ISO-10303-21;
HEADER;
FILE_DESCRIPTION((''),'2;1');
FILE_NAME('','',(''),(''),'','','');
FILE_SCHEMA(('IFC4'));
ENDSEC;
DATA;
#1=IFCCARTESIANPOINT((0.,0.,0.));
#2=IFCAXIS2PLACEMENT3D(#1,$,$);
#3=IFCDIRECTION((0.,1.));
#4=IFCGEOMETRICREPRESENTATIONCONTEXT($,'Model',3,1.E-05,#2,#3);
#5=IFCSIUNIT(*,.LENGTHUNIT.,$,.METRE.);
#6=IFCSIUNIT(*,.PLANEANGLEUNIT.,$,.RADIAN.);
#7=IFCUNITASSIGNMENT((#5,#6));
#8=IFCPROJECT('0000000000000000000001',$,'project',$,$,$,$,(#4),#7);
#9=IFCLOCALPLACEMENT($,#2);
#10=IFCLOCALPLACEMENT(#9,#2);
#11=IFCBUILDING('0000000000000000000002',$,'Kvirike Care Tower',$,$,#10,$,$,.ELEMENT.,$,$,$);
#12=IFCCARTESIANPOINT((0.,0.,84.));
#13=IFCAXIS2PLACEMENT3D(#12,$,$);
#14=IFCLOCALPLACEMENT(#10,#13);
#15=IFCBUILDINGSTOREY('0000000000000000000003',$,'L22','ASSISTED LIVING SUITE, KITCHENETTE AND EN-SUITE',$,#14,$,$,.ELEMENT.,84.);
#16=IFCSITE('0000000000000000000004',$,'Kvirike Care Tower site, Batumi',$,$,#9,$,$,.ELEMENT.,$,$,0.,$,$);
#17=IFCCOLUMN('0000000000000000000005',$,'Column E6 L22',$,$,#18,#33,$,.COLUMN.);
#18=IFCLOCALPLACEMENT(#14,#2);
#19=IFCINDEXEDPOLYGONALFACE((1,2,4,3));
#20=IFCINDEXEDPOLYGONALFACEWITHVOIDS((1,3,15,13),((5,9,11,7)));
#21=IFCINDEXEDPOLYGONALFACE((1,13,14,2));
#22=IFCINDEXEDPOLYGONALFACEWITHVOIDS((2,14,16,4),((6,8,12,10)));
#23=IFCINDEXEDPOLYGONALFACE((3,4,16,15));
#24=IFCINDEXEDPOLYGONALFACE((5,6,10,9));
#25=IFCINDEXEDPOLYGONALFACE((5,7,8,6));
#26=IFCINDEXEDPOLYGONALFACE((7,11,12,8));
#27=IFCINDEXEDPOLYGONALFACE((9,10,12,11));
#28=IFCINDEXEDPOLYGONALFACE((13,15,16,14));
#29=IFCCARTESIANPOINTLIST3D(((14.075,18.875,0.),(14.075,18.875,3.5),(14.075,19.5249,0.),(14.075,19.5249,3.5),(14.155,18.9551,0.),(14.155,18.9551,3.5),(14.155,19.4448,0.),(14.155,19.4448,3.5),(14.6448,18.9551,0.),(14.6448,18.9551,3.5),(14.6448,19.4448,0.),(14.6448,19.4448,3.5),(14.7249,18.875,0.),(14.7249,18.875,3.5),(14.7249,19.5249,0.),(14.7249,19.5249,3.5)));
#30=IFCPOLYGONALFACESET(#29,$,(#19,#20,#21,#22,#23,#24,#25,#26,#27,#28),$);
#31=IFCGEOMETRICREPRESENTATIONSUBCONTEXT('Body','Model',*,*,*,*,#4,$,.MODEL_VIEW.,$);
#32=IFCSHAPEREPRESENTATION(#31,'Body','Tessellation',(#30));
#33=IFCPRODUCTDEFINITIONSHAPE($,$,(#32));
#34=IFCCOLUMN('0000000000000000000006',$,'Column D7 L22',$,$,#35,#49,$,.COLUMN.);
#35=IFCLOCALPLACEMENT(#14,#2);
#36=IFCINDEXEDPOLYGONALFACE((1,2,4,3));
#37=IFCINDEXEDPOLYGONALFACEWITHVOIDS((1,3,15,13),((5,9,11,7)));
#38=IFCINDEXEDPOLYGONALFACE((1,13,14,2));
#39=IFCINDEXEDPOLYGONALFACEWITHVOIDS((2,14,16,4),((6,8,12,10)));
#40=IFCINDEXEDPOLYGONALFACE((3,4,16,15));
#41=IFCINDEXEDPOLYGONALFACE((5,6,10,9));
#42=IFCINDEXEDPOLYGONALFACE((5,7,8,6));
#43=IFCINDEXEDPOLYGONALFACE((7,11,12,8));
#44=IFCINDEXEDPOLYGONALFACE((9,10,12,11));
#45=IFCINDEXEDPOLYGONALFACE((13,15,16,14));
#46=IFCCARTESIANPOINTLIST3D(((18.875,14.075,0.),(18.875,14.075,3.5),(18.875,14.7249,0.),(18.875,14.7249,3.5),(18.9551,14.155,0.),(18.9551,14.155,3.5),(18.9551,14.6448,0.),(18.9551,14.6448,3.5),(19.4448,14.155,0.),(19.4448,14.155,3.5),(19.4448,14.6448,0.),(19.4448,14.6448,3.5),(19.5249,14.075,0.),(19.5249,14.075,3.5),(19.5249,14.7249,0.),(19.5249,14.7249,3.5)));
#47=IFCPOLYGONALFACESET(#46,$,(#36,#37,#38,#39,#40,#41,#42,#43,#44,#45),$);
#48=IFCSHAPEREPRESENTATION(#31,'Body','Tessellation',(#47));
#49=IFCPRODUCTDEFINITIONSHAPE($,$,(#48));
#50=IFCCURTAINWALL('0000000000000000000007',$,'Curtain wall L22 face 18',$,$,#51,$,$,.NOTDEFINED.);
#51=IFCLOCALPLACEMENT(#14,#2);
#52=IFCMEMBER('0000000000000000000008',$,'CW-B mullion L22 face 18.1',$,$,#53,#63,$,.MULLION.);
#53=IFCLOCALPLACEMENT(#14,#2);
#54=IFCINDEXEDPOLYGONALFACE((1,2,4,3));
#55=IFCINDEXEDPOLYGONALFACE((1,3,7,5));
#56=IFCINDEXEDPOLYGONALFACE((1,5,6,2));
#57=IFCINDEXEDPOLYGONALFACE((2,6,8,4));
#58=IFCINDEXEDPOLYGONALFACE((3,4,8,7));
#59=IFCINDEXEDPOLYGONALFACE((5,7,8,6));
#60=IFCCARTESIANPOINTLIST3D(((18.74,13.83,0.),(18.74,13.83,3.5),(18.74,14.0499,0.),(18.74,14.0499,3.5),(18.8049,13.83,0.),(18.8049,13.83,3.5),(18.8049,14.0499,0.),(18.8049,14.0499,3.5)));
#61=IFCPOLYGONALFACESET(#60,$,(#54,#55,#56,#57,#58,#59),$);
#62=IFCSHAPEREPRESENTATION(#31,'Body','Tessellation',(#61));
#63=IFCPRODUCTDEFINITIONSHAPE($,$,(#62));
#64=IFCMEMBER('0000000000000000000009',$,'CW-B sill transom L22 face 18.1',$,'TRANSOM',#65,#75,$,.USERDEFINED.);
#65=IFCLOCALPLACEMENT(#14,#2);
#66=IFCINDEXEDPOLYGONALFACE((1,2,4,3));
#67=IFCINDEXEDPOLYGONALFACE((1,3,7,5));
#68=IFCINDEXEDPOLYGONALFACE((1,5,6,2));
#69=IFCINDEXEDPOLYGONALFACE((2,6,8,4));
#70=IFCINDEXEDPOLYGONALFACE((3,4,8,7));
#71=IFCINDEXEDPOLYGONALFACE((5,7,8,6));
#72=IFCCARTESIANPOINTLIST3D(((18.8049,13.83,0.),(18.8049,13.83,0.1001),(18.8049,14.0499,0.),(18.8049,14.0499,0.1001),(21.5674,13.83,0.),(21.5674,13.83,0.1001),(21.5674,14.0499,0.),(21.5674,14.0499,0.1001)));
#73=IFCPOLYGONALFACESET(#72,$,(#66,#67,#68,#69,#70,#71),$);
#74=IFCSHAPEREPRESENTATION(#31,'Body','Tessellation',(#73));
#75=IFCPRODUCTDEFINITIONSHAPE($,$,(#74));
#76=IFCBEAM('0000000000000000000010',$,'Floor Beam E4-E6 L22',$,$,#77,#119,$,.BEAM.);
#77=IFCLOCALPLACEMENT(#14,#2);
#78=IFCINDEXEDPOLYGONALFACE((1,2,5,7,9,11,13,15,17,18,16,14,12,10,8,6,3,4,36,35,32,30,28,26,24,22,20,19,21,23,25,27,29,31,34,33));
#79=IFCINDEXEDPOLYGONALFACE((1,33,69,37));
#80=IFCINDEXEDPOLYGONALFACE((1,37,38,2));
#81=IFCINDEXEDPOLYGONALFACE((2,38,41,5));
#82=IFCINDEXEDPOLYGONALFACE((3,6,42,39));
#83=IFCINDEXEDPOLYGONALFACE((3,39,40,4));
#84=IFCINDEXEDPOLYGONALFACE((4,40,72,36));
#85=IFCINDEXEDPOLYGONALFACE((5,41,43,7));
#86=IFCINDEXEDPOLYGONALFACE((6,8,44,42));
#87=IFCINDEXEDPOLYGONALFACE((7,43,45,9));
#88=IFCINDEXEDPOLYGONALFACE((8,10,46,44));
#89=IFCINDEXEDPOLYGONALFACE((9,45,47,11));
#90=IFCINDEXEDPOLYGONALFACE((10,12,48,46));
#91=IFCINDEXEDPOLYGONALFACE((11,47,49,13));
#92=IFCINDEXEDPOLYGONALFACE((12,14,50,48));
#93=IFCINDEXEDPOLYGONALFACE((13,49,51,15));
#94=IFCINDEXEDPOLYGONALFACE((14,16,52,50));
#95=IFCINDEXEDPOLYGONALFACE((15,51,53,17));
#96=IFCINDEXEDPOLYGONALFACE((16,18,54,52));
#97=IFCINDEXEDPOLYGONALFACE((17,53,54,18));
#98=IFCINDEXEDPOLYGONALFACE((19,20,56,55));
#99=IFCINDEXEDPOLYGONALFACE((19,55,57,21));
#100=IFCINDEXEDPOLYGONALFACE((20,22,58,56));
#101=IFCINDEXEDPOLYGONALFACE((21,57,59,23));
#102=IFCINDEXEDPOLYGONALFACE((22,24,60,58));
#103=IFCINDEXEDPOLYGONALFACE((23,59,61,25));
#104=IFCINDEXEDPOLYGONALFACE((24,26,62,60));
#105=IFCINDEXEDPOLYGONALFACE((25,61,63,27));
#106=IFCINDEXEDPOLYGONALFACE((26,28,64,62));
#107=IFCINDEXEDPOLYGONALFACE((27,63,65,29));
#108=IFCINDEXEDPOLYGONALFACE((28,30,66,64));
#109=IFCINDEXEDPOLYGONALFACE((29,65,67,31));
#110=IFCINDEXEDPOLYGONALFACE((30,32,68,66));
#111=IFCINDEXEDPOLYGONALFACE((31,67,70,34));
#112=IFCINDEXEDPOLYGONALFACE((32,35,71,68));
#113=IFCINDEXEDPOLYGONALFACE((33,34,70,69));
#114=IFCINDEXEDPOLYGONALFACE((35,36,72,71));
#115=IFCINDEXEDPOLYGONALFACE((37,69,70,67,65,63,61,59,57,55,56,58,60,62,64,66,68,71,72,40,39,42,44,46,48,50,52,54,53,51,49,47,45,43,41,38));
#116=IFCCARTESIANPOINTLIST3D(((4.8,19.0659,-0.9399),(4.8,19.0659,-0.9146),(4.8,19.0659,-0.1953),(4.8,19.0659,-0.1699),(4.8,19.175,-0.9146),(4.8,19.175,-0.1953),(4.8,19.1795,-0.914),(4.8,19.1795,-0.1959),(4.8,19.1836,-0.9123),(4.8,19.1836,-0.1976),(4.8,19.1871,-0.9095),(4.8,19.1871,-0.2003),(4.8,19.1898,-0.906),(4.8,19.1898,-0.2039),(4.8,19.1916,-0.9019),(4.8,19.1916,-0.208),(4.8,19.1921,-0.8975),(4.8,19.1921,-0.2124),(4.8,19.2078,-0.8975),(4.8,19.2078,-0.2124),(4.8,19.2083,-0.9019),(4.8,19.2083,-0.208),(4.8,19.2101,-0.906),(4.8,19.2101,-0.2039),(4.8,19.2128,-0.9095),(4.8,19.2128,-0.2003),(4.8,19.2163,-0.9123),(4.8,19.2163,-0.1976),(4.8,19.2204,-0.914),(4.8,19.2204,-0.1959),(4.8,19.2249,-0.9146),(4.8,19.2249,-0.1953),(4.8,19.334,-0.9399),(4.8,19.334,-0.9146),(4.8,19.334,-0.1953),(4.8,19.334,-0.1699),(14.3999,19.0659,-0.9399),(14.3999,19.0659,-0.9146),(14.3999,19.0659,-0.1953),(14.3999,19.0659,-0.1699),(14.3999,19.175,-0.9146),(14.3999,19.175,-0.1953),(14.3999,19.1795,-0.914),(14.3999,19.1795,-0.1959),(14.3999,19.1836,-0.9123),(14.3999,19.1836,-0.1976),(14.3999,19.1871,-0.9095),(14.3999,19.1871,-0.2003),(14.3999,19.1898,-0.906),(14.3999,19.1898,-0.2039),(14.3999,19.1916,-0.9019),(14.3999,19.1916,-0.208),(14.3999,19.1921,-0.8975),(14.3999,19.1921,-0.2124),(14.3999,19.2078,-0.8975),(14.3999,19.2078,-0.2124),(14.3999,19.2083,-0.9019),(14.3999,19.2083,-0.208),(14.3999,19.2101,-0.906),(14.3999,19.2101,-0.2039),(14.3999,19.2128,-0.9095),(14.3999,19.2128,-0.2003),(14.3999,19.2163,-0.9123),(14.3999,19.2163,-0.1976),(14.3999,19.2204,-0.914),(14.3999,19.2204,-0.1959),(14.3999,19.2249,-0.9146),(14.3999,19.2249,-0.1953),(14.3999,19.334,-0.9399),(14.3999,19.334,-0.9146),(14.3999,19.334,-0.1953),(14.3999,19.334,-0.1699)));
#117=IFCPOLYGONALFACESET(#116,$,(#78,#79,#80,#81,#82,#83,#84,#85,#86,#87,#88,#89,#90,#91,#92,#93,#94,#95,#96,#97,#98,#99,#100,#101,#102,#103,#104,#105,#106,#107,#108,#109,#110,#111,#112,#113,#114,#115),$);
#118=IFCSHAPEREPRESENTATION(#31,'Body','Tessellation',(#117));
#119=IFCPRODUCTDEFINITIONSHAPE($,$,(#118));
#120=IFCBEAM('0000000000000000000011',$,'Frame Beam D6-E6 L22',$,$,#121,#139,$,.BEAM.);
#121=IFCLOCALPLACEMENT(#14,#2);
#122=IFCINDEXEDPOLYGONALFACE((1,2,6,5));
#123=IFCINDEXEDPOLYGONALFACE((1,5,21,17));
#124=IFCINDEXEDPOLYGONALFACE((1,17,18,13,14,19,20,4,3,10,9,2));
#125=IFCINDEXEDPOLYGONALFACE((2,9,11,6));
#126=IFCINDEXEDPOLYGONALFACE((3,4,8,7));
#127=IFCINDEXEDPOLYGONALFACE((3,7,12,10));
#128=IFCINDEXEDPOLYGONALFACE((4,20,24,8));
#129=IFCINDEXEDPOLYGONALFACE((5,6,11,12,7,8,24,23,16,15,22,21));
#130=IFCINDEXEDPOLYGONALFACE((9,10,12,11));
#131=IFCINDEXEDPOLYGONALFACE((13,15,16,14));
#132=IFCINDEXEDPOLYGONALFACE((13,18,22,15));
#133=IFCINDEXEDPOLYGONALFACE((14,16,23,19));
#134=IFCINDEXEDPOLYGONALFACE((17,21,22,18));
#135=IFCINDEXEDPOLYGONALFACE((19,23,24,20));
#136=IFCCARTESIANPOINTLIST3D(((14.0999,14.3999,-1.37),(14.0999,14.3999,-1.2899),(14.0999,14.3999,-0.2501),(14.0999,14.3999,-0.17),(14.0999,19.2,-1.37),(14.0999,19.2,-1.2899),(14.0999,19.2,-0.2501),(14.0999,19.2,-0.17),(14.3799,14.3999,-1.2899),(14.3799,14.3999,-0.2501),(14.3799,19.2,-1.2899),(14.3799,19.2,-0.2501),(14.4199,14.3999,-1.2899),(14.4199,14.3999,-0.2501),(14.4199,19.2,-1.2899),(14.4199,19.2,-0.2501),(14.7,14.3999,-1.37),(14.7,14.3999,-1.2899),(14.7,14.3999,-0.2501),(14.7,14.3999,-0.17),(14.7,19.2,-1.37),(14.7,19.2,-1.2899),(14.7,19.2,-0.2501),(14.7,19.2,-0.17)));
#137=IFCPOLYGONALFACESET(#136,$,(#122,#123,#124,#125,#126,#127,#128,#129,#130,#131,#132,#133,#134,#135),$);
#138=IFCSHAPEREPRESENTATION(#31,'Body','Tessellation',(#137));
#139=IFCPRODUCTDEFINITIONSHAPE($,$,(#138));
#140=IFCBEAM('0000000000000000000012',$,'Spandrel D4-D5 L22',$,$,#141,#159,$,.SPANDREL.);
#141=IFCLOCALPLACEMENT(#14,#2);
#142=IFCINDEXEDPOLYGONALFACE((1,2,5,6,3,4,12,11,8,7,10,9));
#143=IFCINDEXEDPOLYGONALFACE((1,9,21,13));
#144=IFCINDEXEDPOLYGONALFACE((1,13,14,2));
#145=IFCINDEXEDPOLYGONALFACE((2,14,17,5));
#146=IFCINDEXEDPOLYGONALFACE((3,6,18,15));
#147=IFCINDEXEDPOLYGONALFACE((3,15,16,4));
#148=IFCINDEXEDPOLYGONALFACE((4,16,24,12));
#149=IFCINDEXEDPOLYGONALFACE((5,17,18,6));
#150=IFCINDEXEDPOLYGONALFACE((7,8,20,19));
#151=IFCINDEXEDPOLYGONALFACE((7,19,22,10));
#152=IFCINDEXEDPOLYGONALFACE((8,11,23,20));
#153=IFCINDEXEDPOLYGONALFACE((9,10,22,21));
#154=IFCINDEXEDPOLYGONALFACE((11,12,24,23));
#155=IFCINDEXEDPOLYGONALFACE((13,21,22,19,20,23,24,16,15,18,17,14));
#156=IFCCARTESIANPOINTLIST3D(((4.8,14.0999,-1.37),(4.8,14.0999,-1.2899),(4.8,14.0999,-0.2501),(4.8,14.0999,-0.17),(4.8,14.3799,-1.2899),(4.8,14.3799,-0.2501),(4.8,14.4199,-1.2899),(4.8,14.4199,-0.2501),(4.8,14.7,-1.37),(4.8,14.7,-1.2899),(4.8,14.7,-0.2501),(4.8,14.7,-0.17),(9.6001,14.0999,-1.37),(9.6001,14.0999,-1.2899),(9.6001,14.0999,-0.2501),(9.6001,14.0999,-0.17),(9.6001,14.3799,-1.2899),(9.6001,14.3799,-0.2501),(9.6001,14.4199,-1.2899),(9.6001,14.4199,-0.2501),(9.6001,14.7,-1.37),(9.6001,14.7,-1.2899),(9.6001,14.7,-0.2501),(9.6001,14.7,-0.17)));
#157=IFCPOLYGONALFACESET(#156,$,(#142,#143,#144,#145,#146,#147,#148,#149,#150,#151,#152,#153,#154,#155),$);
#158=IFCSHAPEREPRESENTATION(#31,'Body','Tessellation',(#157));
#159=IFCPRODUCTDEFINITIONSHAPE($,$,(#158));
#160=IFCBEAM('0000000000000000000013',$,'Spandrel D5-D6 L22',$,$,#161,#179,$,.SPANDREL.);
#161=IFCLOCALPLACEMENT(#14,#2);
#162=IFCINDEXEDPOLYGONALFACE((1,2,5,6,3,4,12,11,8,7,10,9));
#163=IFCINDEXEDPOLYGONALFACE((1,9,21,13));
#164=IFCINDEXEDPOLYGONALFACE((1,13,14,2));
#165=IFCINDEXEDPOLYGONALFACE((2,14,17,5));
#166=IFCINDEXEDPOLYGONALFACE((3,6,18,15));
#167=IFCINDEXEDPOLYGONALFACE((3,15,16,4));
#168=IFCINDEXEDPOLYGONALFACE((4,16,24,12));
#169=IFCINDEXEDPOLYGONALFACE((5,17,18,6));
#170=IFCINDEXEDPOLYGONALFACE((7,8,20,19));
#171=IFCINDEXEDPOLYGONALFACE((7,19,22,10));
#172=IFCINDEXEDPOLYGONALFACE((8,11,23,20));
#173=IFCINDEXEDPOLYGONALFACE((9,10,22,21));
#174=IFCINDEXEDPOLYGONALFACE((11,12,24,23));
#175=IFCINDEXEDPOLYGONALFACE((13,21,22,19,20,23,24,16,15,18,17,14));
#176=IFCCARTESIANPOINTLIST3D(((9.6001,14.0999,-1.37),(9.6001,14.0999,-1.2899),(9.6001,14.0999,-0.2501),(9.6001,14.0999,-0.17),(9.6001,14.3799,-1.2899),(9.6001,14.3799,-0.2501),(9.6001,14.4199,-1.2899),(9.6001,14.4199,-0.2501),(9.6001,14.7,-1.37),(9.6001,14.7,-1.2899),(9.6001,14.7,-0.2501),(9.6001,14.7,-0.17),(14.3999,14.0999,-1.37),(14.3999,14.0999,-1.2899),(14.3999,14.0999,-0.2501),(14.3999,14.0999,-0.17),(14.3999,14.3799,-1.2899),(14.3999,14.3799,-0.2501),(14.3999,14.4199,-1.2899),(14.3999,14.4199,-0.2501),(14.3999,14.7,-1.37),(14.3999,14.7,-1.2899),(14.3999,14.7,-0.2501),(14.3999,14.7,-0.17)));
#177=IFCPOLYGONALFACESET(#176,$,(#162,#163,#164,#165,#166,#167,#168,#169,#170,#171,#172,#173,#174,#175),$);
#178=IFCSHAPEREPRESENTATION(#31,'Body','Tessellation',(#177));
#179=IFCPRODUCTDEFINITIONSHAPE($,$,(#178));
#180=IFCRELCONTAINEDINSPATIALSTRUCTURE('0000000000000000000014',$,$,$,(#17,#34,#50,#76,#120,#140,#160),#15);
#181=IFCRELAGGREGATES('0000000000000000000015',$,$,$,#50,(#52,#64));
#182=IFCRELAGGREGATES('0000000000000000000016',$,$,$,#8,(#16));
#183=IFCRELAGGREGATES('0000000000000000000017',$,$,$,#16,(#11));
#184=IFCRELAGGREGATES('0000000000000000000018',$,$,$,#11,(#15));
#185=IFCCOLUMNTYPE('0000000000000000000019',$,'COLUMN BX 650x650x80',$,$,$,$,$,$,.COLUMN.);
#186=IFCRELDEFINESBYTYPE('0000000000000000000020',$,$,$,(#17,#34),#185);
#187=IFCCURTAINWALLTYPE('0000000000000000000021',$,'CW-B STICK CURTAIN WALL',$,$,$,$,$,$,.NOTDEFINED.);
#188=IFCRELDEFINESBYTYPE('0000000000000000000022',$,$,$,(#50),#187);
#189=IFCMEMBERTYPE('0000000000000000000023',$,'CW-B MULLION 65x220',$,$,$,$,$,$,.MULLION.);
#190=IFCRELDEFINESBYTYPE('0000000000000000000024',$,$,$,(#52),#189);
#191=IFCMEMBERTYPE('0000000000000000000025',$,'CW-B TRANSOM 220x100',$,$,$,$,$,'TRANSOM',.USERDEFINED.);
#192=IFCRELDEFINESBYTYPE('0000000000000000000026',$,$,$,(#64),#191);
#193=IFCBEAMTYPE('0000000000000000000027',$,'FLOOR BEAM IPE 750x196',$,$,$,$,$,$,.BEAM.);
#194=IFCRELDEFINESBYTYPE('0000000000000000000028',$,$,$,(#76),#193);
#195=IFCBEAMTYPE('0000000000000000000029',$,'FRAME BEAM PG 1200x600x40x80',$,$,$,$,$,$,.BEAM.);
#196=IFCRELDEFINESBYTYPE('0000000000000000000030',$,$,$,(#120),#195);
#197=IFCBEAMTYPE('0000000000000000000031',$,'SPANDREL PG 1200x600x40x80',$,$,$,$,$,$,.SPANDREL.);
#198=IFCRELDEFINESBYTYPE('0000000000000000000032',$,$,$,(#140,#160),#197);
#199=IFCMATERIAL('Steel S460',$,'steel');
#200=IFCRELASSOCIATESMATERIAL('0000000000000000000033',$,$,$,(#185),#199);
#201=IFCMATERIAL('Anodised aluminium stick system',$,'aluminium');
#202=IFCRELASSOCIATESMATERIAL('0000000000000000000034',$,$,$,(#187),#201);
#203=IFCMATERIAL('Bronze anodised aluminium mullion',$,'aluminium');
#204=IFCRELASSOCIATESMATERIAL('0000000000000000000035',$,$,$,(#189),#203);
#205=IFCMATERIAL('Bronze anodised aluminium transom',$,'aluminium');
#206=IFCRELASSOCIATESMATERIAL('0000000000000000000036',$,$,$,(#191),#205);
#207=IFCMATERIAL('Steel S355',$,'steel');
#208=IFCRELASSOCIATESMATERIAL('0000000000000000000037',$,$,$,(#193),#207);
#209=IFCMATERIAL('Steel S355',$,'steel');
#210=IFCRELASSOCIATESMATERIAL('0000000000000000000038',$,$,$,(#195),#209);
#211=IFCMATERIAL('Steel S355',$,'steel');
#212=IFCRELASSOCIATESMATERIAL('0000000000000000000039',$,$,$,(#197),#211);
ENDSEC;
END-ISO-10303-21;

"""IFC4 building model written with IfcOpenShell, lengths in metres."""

from ifc_helpers import new_model, si_unit, direction, frame, origin, origin_2d, place, context, subcontext, project, spatial, rectangle, hollow_rectangle, i_section, extrude, material, material_profile, profile_set, type_object, element, aggregate, save


model = new_model("IFC4")

# Units and contexts
model_context = context("Model", 3, precision=1e-05, world=origin(), true_north=direction((0.0, 1.0)))
body_context = subcontext(model_context, "Body", "Model", "MODEL_VIEW")
ifc_project = project(units=[si_unit("LENGTHUNIT", "METRE"), si_unit("PLANEANGLEUNIT", "RADIAN")], contexts=[model_context])

# Site, building, storey
site_placement = place(None, origin())
site = spatial("IfcSite", under=ifc_project, at=site_placement, Name="Kvirike Care Tower site, Batumi", CompositionType="ELEMENT", RefElevation=0.0)
building_placement = place(site_placement, origin())
building = spatial("IfcBuilding", under=site, at=building_placement, Name="Kvirike Care Tower", CompositionType="ELEMENT")
storey_placement = place(building_placement, frame((0.0, 0.0, 84.0)))
storey = spatial("IfcBuildingStorey", under=building, at=storey_placement, Name="L22", Description="ASSISTED LIVING SUITE, KITCHENETTE AND EN-SUITE", CompositionType="ELEMENT", Elevation=84.0)

# Columns
ifc_material_1 = material(Name="Steel S460", Category="steel")
ifc_material_profile_1 = material_profile(ifc_material_1, hollow_rectangle(XDim=0.6499, YDim=0.6499, WallThickness=0.0801, at=origin_2d()), Name="BX 650x650x80")
ifc_profile_set_1 = profile_set([ifc_material_profile_1], Name="Steel S460")
column_type = type_object("IfcColumnType", Name="COLUMN BX 650x650x80", PredefinedType="COLUMN", material=ifc_profile_set_1)
for number, where, z_axis, x_axis, name in (
    (1, (14.3999, 19.2, 0.0), (0.0, 0.0, 1.0), (0.0, 1.0, 0.0), "Column E6 L22"),
    (2, (19.2, 14.3999, 0.0), (0.0, 0.0, 1.0), (0.0, 1.0, 0.0), "Column D7 L22"),
):
    element("IfcColumn", number, at=place(storey_placement, frame(where, z_axis=z_axis, x_axis=x_axis)), inside=storey, type_object=column_type, Name=name, PredefinedType="COLUMN", context=body_context, shape_type="SweptSolid", body=[
        extrude(hollow_rectangle(XDim=0.6499, YDim=0.6499, WallThickness=0.0801, at=origin_2d()), origin(), (0.0, 0.0, 1.0), 3.5),
    ])

# Curtain wall, members
ifc_material_2 = material(Name="Anodised aluminium stick system", Category="aluminium")
curtain_wall_type = type_object("IfcCurtainWallType", Name="CW-B STICK CURTAIN WALL", PredefinedType="NOTDEFINED", material=ifc_material_2)
curtain_wall_placement = place(storey_placement, origin())
curtain_wall = element("IfcCurtainWall", 3, at=curtain_wall_placement, inside=storey, type_object=curtain_wall_type, Name="Curtain wall L22 face 18", PredefinedType="NOTDEFINED")
ifc_material_3 = material(Name="Bronze anodised aluminium mullion", Category="aluminium")
ifc_material_profile_2 = material_profile(ifc_material_3, rectangle(XDim=0.0649, YDim=0.22, at=origin_2d()), Name="CW-B MULLION 65x220")
ifc_profile_set_2 = profile_set([ifc_material_profile_2], Name="Bronze anodised aluminium mullion")
member_type_1 = type_object("IfcMemberType", Name="CW-B MULLION 65x220", PredefinedType="MULLION", material=ifc_profile_set_2)
member_1_placement = place(storey_placement, frame((18.7725, 13.9399, 0.0), z_axis=(0.0, 0.0, 1.0), x_axis=(1.0, 0.0, 0.0)))
member_1 = element("IfcMember", 4, at=member_1_placement, type_object=member_type_1, Name="CW-B mullion L22 face 18.1", PredefinedType="MULLION", context=body_context, shape_type="SweptSolid", body=[
    extrude(rectangle(XDim=0.0649, YDim=0.22, at=origin_2d()), origin(), (0.0, 0.0, 1.0), 3.5),
])
ifc_material_4 = material(Name="Bronze anodised aluminium transom", Category="aluminium")
ifc_material_profile_3 = material_profile(ifc_material_4, rectangle(XDim=0.22, YDim=0.1001, at=origin_2d()), Name="CW-B TRANSOM 220x100")
ifc_profile_set_3 = profile_set([ifc_material_profile_3], Name="Bronze anodised aluminium transom")
member_type_2 = type_object("IfcMemberType", Name="CW-B TRANSOM 220x100", ElementType="TRANSOM", PredefinedType="USERDEFINED", material=ifc_profile_set_3)
member_2_placement = place(storey_placement, frame((18.8049, 13.9399, 0.05), z_axis=(1.0, 0.0, 0.0), x_axis=(0.0, 1.0, 0.0)))
member_2 = element("IfcMember", 5, at=member_2_placement, type_object=member_type_2, Name="CW-B sill transom L22 face 18.1", ObjectType="TRANSOM", PredefinedType="USERDEFINED", context=body_context, shape_type="SweptSolid", body=[
    extrude(rectangle(XDim=0.22, YDim=0.1001, at=origin_2d()), origin(), (0.0, 0.0, 1.0), 2.7625),
])
aggregate(curtain_wall, [member_1, member_2])

# Beams
ifc_material_5 = material(Name="Steel S355", Category="steel")
ifc_material_profile_4 = material_profile(ifc_material_5, i_section(OverallWidth=0.2681, OverallDepth=0.77, WebThickness=0.0156, FlangeThickness=0.0254, FilletRadius=0.0171, at=origin_2d()), Name="IPE 750x196")
ifc_profile_set_4 = profile_set([ifc_material_profile_4], Name="Steel S355")
beam_type_1 = type_object("IfcBeamType", Name="FLOOR BEAM IPE 750x196", PredefinedType="BEAM", material=ifc_profile_set_4)
beam_1_placement = place(storey_placement, frame((4.8, 19.2, -0.5549), z_axis=(1.0, 0.0, 0.0), x_axis=(0.0, 1.0, 0.0)))
element("IfcBeam", 6, at=beam_1_placement, inside=storey, type_object=beam_type_1, Name="Floor Beam E4-E6 L22", PredefinedType="BEAM", context=body_context, shape_type="SweptSolid", body=[
    extrude(i_section(OverallWidth=0.2681, OverallDepth=0.77, WebThickness=0.0156, FlangeThickness=0.0254, FilletRadius=0.0171, at=origin_2d()), origin(), (0.0, 0.0, 1.0), 9.5999),
])
ifc_material_6 = material(Name="Steel S355", Category="steel")
ifc_material_profile_5 = material_profile(ifc_material_6, i_section(OverallWidth=0.6001, OverallDepth=1.2, WebThickness=0.04, FlangeThickness=0.0801, at=origin_2d()), Name="PG 1200x600x40x80")
ifc_profile_set_5 = profile_set([ifc_material_profile_5], Name="Steel S355")
beam_type_2 = type_object("IfcBeamType", Name="FRAME BEAM PG 1200x600x40x80", PredefinedType="BEAM", material=ifc_profile_set_5)
beam_2_placement = place(storey_placement, frame((14.3999, 14.3999, -0.77), z_axis=(0.0, 1.0, 0.0), x_axis=(-1.0, 0.0, 0.0)))
element("IfcBeam", 7, at=beam_2_placement, inside=storey, type_object=beam_type_2, Name="Frame Beam D6-E6 L22", PredefinedType="BEAM", context=body_context, shape_type="SweptSolid", body=[
    extrude(i_section(OverallWidth=0.6001, OverallDepth=1.2, WebThickness=0.04, FlangeThickness=0.0801, at=origin_2d()), origin(), (0.0, 0.0, 1.0), 4.8),
])
ifc_material_7 = material(Name="Steel S355", Category="steel")
ifc_material_profile_6 = material_profile(ifc_material_7, i_section(OverallWidth=0.6001, OverallDepth=1.2, WebThickness=0.04, FlangeThickness=0.0801, at=origin_2d()), Name="PG 1200x600x40x80")
ifc_profile_set_6 = profile_set([ifc_material_profile_6], Name="Steel S355")
beam_type_3 = type_object("IfcBeamType", Name="SPANDREL PG 1200x600x40x80", PredefinedType="SPANDREL", material=ifc_profile_set_6)
beam_3_placement = place(storey_placement, frame((4.8, 14.3999, -0.77), z_axis=(1.0, 0.0, 0.0), x_axis=(0.0, 1.0, 0.0)))
element("IfcBeam", 8, at=beam_3_placement, inside=storey, type_object=beam_type_3, Name="Spandrel D4-D5 L22", PredefinedType="SPANDREL", context=body_context, shape_type="SweptSolid", body=[
    extrude(i_section(OverallWidth=0.6001, OverallDepth=1.2, WebThickness=0.04, FlangeThickness=0.0801, at=origin_2d()), origin(), (0.0, 0.0, 1.0), 4.8),
])
beam_4_placement = place(storey_placement, frame((9.6001, 14.3999, -0.77), z_axis=(1.0, 0.0, 0.0), x_axis=(0.0, 1.0, 0.0)))
element("IfcBeam", 9, at=beam_4_placement, inside=storey, type_object=beam_type_3, Name="Spandrel D5-D6 L22", PredefinedType="SPANDREL", context=body_context, shape_type="SweptSolid", body=[
    extrude(i_section(OverallWidth=0.6001, OverallDepth=1.2, WebThickness=0.04, FlangeThickness=0.0801, at=origin_2d()), origin(), (0.0, 0.0, 1.0), 4.7998),
])

save(model, "model.ifc")
